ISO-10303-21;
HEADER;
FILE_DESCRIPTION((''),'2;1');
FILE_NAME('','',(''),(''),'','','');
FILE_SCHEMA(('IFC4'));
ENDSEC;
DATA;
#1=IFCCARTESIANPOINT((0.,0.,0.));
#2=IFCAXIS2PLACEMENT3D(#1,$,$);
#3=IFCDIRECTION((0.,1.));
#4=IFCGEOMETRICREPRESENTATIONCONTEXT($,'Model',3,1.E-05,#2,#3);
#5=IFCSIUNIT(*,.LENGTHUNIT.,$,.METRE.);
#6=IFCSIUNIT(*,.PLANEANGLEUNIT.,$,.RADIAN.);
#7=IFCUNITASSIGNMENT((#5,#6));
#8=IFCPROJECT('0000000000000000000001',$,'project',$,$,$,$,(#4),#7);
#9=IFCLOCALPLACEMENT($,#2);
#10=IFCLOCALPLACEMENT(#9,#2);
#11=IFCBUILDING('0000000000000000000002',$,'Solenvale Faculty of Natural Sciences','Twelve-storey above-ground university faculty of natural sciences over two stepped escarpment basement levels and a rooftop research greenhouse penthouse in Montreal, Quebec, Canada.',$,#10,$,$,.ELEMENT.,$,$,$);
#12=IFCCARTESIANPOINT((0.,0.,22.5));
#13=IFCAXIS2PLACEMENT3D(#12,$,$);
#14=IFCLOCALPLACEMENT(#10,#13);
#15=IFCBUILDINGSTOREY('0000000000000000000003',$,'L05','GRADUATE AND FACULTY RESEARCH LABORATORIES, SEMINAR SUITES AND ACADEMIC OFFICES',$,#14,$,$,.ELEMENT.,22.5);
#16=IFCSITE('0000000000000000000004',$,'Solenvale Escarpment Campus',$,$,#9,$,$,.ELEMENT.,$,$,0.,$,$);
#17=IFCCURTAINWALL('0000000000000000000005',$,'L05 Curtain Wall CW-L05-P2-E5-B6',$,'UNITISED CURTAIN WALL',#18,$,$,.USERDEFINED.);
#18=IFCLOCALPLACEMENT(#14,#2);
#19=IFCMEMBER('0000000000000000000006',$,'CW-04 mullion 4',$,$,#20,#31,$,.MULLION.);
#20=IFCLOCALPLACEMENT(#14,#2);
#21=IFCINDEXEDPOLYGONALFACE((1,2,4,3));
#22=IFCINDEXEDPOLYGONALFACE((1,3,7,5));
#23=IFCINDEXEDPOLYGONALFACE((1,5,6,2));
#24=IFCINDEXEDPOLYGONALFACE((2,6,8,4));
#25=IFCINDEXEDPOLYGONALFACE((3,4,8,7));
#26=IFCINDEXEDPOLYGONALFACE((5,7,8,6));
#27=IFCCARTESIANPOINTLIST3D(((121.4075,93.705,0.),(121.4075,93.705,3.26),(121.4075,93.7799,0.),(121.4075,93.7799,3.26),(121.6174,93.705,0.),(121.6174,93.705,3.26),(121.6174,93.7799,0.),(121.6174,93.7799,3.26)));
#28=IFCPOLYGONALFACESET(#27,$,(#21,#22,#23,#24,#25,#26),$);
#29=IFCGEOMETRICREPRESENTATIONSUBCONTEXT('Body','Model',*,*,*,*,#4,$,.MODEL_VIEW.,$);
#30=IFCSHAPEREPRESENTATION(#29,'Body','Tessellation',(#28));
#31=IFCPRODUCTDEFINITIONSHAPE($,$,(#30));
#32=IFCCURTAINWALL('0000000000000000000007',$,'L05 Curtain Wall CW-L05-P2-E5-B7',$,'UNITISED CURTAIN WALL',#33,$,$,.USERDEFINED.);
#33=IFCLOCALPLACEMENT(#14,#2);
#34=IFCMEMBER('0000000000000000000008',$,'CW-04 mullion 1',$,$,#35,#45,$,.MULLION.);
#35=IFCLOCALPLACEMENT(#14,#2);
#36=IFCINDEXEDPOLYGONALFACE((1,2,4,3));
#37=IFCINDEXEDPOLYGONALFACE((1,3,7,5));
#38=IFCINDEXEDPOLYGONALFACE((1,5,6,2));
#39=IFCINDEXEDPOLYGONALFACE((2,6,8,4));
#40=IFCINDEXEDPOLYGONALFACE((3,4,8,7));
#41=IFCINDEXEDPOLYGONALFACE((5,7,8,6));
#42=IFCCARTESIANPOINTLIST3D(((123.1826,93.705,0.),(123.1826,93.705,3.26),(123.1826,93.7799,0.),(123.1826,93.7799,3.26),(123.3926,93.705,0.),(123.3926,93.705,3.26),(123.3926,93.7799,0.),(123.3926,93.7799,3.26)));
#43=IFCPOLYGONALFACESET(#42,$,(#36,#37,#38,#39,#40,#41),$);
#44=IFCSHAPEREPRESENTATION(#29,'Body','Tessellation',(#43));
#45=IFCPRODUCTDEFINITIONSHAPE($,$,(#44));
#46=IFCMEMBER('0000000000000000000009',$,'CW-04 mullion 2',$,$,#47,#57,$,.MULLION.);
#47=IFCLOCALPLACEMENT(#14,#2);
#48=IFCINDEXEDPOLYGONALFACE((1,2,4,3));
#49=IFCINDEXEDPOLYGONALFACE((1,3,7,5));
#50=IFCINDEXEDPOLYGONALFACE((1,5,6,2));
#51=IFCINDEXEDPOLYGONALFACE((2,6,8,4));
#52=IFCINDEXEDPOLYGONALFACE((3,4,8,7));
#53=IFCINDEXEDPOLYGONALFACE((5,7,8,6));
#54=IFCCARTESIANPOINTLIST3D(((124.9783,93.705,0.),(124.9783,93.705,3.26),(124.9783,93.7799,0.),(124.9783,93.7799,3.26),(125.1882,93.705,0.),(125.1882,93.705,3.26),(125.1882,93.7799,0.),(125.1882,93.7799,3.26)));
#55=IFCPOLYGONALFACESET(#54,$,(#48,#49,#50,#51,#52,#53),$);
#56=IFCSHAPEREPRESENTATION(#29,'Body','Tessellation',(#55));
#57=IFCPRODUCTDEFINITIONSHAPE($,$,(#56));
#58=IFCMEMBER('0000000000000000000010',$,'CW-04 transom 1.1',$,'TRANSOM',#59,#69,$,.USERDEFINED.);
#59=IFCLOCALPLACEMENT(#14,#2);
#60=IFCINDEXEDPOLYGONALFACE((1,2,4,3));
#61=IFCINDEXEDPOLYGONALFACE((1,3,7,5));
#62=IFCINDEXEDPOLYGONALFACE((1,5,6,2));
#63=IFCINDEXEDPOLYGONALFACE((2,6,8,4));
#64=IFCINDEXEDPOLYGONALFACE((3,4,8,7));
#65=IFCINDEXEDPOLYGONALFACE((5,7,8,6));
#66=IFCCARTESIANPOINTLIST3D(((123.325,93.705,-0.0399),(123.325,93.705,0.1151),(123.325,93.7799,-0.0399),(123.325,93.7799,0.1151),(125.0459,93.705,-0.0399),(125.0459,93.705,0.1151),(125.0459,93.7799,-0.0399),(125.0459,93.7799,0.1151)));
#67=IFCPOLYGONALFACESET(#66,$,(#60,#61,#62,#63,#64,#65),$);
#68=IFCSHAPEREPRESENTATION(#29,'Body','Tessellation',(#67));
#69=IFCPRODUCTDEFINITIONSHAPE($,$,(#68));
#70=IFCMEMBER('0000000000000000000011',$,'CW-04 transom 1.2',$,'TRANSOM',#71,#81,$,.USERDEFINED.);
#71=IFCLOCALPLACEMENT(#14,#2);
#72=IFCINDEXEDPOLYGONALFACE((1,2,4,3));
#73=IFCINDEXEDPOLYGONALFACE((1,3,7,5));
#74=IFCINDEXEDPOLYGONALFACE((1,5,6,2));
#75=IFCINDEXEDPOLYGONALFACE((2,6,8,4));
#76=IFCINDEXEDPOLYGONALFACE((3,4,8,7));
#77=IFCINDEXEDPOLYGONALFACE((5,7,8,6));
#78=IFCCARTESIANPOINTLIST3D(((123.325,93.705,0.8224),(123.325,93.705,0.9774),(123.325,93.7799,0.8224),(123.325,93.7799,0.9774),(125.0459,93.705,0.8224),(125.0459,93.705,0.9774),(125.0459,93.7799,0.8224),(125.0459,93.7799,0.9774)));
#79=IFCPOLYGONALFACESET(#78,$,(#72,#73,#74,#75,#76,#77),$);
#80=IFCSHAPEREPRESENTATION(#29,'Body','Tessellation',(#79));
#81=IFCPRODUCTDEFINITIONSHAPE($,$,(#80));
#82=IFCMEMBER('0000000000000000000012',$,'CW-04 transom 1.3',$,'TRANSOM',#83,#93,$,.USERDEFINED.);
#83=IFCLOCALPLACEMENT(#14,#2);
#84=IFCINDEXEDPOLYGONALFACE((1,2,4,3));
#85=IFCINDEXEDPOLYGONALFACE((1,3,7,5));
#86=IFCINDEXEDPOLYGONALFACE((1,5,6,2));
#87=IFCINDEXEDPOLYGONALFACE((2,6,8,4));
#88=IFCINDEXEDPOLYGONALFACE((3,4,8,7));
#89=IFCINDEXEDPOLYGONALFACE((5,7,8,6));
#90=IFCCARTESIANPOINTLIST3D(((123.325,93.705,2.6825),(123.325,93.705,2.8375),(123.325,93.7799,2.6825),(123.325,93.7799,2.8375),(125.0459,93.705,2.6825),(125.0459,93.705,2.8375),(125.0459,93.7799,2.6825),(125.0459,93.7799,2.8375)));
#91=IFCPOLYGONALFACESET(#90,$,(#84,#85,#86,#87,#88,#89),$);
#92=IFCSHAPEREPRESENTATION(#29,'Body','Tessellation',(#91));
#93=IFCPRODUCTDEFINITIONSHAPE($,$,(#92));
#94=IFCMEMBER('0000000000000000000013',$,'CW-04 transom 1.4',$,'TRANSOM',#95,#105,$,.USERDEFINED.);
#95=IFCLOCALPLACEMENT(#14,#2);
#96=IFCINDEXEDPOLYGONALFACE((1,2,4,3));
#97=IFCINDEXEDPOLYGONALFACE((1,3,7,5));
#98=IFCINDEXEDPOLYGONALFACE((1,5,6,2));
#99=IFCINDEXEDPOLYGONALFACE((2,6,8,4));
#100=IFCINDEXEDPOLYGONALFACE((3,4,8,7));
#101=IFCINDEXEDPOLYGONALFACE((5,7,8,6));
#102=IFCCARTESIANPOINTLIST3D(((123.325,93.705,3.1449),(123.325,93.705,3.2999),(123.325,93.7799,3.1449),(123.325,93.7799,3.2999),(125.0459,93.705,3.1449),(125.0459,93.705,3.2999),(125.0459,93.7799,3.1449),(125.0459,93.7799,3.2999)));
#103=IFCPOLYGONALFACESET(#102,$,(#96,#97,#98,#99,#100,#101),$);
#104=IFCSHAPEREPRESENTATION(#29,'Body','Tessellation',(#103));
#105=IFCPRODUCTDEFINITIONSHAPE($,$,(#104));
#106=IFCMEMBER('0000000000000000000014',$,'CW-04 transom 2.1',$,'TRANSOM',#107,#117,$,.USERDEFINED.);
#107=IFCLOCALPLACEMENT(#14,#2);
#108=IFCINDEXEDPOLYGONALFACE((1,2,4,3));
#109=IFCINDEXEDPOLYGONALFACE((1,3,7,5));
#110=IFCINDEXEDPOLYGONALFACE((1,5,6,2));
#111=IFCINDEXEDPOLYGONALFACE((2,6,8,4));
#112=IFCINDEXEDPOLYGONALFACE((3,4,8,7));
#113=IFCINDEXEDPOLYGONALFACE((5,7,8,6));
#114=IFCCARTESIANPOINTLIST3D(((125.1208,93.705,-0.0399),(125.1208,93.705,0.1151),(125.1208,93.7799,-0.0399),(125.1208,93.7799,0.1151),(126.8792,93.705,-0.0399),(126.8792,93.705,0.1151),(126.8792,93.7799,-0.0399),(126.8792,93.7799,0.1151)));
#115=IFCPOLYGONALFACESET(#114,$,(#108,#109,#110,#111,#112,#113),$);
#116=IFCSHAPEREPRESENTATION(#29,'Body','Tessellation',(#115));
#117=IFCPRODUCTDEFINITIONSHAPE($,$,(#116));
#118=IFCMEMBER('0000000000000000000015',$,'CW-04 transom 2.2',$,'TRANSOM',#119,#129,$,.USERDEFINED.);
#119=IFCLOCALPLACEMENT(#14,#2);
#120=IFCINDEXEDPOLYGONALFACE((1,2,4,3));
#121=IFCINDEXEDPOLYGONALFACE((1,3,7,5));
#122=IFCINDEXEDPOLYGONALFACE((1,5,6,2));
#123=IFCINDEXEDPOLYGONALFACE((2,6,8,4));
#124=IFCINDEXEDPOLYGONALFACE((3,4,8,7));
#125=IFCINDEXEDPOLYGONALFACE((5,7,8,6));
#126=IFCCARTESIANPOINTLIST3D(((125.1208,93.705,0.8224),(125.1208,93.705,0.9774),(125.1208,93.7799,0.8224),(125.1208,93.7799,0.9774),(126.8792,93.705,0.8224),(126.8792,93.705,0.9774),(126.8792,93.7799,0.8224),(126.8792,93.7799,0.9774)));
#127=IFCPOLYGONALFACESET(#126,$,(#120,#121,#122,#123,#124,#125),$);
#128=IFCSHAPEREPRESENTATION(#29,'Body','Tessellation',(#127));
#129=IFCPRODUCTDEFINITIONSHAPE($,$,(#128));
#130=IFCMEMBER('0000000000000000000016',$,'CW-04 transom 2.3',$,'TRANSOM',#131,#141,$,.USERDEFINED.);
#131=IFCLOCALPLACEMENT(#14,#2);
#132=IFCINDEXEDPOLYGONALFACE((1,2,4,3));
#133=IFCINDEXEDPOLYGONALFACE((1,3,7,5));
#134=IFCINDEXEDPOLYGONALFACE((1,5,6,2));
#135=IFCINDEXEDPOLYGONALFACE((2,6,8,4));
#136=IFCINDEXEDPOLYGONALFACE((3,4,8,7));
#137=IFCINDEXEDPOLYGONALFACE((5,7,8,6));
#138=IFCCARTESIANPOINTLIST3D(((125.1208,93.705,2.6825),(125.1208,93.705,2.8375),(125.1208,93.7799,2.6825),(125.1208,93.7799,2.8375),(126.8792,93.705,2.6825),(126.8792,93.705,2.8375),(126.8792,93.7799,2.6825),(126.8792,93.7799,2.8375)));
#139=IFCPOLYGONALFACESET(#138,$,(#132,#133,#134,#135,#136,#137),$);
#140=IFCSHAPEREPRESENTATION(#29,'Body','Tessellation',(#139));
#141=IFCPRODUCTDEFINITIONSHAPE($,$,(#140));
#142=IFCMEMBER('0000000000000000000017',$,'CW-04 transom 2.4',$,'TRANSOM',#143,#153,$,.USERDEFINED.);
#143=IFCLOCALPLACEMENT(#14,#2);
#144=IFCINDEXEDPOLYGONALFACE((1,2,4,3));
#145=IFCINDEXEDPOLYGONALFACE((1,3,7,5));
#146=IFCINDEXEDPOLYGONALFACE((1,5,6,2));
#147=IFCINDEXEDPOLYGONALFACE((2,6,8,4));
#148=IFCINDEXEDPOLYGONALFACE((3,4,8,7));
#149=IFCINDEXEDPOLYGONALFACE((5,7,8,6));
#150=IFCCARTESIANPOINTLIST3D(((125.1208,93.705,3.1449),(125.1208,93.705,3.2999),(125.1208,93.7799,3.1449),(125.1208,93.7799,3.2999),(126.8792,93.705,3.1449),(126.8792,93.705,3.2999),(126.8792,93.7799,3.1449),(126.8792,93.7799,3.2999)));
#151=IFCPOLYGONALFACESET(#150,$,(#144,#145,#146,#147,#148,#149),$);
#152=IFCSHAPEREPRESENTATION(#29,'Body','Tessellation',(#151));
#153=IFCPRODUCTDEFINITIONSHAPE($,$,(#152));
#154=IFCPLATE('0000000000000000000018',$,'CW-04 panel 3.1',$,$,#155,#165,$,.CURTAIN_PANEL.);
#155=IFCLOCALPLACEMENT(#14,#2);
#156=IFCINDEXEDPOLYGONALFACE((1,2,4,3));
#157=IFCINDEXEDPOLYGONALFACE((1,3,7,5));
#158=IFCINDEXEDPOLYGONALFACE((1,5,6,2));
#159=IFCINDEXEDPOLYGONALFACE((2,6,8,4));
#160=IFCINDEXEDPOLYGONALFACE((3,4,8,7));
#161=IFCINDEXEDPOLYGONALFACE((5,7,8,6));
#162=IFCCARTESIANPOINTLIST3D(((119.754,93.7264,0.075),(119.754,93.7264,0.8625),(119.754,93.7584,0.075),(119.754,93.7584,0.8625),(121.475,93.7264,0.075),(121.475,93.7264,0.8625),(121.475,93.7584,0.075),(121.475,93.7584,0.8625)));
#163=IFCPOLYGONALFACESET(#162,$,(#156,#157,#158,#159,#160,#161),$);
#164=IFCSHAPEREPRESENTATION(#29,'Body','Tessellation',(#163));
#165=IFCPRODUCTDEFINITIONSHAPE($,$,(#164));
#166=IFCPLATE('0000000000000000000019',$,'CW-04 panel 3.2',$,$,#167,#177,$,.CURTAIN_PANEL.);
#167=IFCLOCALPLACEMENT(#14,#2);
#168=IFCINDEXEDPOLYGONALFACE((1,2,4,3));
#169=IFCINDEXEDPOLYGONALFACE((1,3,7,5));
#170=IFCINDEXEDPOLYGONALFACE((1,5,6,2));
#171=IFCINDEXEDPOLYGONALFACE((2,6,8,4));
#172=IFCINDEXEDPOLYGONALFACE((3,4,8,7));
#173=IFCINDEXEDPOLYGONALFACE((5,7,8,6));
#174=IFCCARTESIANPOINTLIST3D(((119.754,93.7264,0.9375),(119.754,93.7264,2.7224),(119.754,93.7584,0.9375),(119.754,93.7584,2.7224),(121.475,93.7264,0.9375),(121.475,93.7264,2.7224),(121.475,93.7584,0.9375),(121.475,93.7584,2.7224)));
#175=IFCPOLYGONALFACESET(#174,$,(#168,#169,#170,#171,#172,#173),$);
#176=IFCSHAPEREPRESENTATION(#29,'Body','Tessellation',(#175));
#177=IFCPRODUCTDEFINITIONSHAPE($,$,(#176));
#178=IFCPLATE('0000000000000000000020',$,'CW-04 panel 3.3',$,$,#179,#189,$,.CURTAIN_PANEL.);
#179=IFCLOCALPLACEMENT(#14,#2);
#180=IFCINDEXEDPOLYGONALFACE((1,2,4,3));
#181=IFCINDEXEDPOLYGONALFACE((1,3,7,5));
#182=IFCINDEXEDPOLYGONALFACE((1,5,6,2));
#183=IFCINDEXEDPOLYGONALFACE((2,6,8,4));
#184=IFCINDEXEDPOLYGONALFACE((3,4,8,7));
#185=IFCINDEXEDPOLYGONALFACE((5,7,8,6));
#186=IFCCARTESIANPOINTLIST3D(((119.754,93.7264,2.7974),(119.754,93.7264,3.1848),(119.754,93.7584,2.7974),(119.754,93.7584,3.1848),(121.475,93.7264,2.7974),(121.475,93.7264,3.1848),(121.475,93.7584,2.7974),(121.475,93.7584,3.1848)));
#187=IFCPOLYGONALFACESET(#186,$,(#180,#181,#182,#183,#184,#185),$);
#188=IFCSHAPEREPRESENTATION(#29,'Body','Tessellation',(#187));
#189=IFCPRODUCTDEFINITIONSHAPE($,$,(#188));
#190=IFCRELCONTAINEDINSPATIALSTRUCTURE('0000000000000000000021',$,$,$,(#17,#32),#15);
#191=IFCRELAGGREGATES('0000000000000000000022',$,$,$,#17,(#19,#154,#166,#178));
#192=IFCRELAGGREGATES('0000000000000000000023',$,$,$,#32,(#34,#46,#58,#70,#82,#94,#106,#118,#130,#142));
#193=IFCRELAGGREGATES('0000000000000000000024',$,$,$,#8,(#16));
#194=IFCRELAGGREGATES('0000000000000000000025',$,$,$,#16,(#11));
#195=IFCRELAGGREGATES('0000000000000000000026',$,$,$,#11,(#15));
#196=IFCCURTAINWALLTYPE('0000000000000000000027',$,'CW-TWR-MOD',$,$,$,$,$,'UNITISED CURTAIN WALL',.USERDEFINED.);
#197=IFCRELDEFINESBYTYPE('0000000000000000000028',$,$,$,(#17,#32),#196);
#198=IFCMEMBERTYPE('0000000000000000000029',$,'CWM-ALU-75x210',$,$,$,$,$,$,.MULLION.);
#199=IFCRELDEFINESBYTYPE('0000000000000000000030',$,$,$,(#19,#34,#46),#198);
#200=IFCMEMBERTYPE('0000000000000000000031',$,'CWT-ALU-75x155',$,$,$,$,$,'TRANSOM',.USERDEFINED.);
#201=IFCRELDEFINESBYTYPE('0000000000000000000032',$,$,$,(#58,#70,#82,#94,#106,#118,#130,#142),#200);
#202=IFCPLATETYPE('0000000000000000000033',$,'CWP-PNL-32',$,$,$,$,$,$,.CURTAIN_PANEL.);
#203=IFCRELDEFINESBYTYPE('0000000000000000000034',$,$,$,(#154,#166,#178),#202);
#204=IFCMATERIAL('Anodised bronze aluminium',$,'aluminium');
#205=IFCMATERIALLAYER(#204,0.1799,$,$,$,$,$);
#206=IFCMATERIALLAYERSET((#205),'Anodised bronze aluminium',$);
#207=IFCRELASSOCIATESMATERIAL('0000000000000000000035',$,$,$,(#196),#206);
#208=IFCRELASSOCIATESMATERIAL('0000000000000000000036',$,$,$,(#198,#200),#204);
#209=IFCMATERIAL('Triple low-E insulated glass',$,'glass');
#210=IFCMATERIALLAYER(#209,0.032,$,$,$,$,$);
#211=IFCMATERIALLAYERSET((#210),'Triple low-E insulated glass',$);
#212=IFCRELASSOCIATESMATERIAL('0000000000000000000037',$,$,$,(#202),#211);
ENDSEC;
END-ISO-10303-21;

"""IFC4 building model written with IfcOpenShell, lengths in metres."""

from ifc_helpers import new_model, si_unit, direction, frame, origin, origin_2d, place, context, subcontext, project, spatial, rectangle, extrude, material, layer, layer_set, material_profile, profile_set, type_object, element, aggregate, save


model = new_model("IFC4")

# Units and contexts
model_context = context("Model", 3, precision=1e-05, world=origin(), true_north=direction((0.0, 1.0)))
body_context = subcontext(model_context, "Body", "Model", "MODEL_VIEW")
ifc_project = project(units=[si_unit("LENGTHUNIT", "METRE"), si_unit("PLANEANGLEUNIT", "RADIAN")], contexts=[model_context])

# Site, building, storey
site_placement = place(None, origin())
site = spatial("IfcSite", under=ifc_project, at=site_placement, Name="Solenvale Escarpment Campus", CompositionType="ELEMENT", RefElevation=0.0)
building_placement = place(site_placement, origin())
building = spatial("IfcBuilding", under=site, at=building_placement, Name="Solenvale Faculty of Natural Sciences", Description="Twelve-storey above-ground university faculty of natural sciences over two stepped escarpment basement levels and a rooftop research greenhouse penthouse in Montreal, Quebec, Canada.", CompositionType="ELEMENT")
storey_placement = place(building_placement, frame((0.0, 0.0, 22.5)))
storey = spatial("IfcBuildingStorey", under=building, at=storey_placement, Name="L05", Description="GRADUATE AND FACULTY RESEARCH LABORATORIES, SEMINAR SUITES AND ACADEMIC OFFICES", CompositionType="ELEMENT", Elevation=22.5)

# Curtain wall, member
ifc_material_1 = material(Name="Anodised bronze aluminium", Category="aluminium")
ifc_layer_1 = layer(ifc_material_1, 0.1799)
ifc_layer_set_1 = layer_set([ifc_layer_1], Name="Anodised bronze aluminium")
curtain_wall_type = type_object("IfcCurtainWallType", Name="CW-TWR-MOD", ElementType="UNITISED CURTAIN WALL", PredefinedType="USERDEFINED", material=ifc_layer_set_1)
curtain_wall_1_placement = place(storey_placement, origin())
curtain_wall_1 = element("IfcCurtainWall", 1, at=curtain_wall_1_placement, inside=storey, type_object=curtain_wall_type, Name="L05 Curtain Wall CW-L05-P2-E5-B6", ObjectType="UNITISED CURTAIN WALL", PredefinedType="USERDEFINED")
ifc_material_profile_1 = material_profile(ifc_material_1, rectangle(XDim=0.075, YDim=0.21, at=origin_2d()), Name="ALU-MUL-75x210")
ifc_profile_set_1 = profile_set([ifc_material_profile_1], Name="Anodised bronze aluminium")
member_type_1 = type_object("IfcMemberType", Name="CWM-ALU-75x210", PredefinedType="MULLION", material=ifc_profile_set_1)
member_1_placement = place(storey_placement, frame((121.5125, 93.7424, 0.0), z_axis=(0.0, 0.0, 1.0), x_axis=(0.0, 1.0, 0.0)))
member_1 = element("IfcMember", 2, at=member_1_placement, type_object=member_type_1, Name="CW-04 mullion 4", PredefinedType="MULLION", context=body_context, shape_type="SweptSolid", body=[
    extrude(rectangle(XDim=0.075, YDim=0.21, at=origin_2d()), origin(), (0.0, 0.0, 1.0), 3.26),
])

# Curtain wall, members
curtain_wall_2_placement = place(storey_placement, origin())
curtain_wall_2 = element("IfcCurtainWall", 3, at=curtain_wall_2_placement, inside=storey, type_object=curtain_wall_type, Name="L05 Curtain Wall CW-L05-P2-E5-B7", ObjectType="UNITISED CURTAIN WALL", PredefinedType="USERDEFINED")
member_2_placement = place(storey_placement, frame((123.2876, 93.7424, 0.0), z_axis=(0.0, 0.0, 1.0), x_axis=(0.0, 1.0, 0.0)))
member_2 = element("IfcMember", 4, at=member_2_placement, type_object=member_type_1, Name="CW-04 mullion 1", PredefinedType="MULLION", context=body_context, shape_type="SweptSolid", body=[
    extrude(rectangle(XDim=0.075, YDim=0.21, at=origin_2d()), origin(), (0.0, 0.0, 1.0), 3.26),
])
member_3_placement = place(storey_placement, frame((125.0833, 93.7424, 0.0), z_axis=(0.0, 0.0, 1.0), x_axis=(0.0, 1.0, 0.0)))
member_3 = element("IfcMember", 5, at=member_3_placement, type_object=member_type_1, Name="CW-04 mullion 2", PredefinedType="MULLION", context=body_context, shape_type="SweptSolid", body=[
    extrude(rectangle(XDim=0.075, YDim=0.21, at=origin_2d()), origin(), (0.0, 0.0, 1.0), 3.26),
])
ifc_material_profile_2 = material_profile(ifc_material_1, rectangle(XDim=0.075, YDim=0.155, at=origin_2d()), Name="ALU-TRN-75x155")
ifc_profile_set_2 = profile_set([ifc_material_profile_2], Name="Anodised bronze aluminium")
member_type_2 = type_object("IfcMemberType", Name="CWT-ALU-75x155", ElementType="TRANSOM", PredefinedType="USERDEFINED", material=ifc_profile_set_2)
member_4_placement = place(storey_placement, frame((123.325, 93.7424, 0.0376), z_axis=(1.0, 0.0, 0.0), x_axis=(0.0, 1.0, 0.0)))
member_4 = element("IfcMember", 6, at=member_4_placement, type_object=member_type_2, Name="CW-04 transom 1.1", ObjectType="TRANSOM", PredefinedType="USERDEFINED", context=body_context, shape_type="SweptSolid", body=[
    extrude(rectangle(XDim=0.075, YDim=0.155, at=origin_2d()), origin(), (0.0, 0.0, 1.0), 1.7209),
])
member_5_placement = place(storey_placement, frame((123.325, 93.7424, 0.8999), z_axis=(1.0, 0.0, 0.0), x_axis=(0.0, 1.0, 0.0)))
member_5 = element("IfcMember", 7, at=member_5_placement, type_object=member_type_2, Name="CW-04 transom 1.2", ObjectType="TRANSOM", PredefinedType="USERDEFINED", context=body_context, shape_type="SweptSolid", body=[
    extrude(rectangle(XDim=0.075, YDim=0.155, at=origin_2d()), origin(), (0.0, 0.0, 1.0), 1.7209),
])
member_6_placement = place(storey_placement, frame((123.325, 93.7424, 2.76), z_axis=(1.0, 0.0, 0.0), x_axis=(0.0, 1.0, 0.0)))
member_6 = element("IfcMember", 8, at=member_6_placement, type_object=member_type_2, Name="CW-04 transom 1.3", ObjectType="TRANSOM", PredefinedType="USERDEFINED", context=body_context, shape_type="SweptSolid", body=[
    extrude(rectangle(XDim=0.075, YDim=0.155, at=origin_2d()), origin(), (0.0, 0.0, 1.0), 1.7209),
])
member_7_placement = place(storey_placement, frame((123.325, 93.7424, 3.2224), z_axis=(1.0, 0.0, 0.0), x_axis=(0.0, 1.0, 0.0)))
member_7 = element("IfcMember", 9, at=member_7_placement, type_object=member_type_2, Name="CW-04 transom 1.4", ObjectType="TRANSOM", PredefinedType="USERDEFINED", context=body_context, shape_type="SweptSolid", body=[
    extrude(rectangle(XDim=0.075, YDim=0.155, at=origin_2d()), origin(), (0.0, 0.0, 1.0), 1.7209),
])
member_8_placement = place(storey_placement, frame((125.1208, 93.7424, 0.0376), z_axis=(1.0, 0.0, 0.0), x_axis=(0.0, 1.0, 0.0)))
member_8 = element("IfcMember", 10, at=member_8_placement, type_object=member_type_2, Name="CW-04 transom 2.1", ObjectType="TRANSOM", PredefinedType="USERDEFINED", context=body_context, shape_type="SweptSolid", body=[
    extrude(rectangle(XDim=0.075, YDim=0.155, at=origin_2d()), origin(), (0.0, 0.0, 1.0), 1.7583),
])
member_9_placement = place(storey_placement, frame((125.1208, 93.7424, 0.8999), z_axis=(1.0, 0.0, 0.0), x_axis=(0.0, 1.0, 0.0)))
member_9 = element("IfcMember", 11, at=member_9_placement, type_object=member_type_2, Name="CW-04 transom 2.2", ObjectType="TRANSOM", PredefinedType="USERDEFINED", context=body_context, shape_type="SweptSolid", body=[
    extrude(rectangle(XDim=0.075, YDim=0.155, at=origin_2d()), origin(), (0.0, 0.0, 1.0), 1.7583),
])
member_10_placement = place(storey_placement, frame((125.1208, 93.7424, 2.76), z_axis=(1.0, 0.0, 0.0), x_axis=(0.0, 1.0, 0.0)))
member_10 = element("IfcMember", 12, at=member_10_placement, type_object=member_type_2, Name="CW-04 transom 2.3", ObjectType="TRANSOM", PredefinedType="USERDEFINED", context=body_context, shape_type="SweptSolid", body=[
    extrude(rectangle(XDim=0.075, YDim=0.155, at=origin_2d()), origin(), (0.0, 0.0, 1.0), 1.7583),
])
member_11_placement = place(storey_placement, frame((125.1208, 93.7424, 3.2224), z_axis=(1.0, 0.0, 0.0), x_axis=(0.0, 1.0, 0.0)))
member_11 = element("IfcMember", 13, at=member_11_placement, type_object=member_type_2, Name="CW-04 transom 2.4", ObjectType="TRANSOM", PredefinedType="USERDEFINED", context=body_context, shape_type="SweptSolid", body=[
    extrude(rectangle(XDim=0.075, YDim=0.155, at=origin_2d()), origin(), (0.0, 0.0, 1.0), 1.7583),
])

# Plates
ifc_material_2 = material(Name="Triple low-E insulated glass", Category="glass")
ifc_layer_2 = layer(ifc_material_2, 0.032)
ifc_layer_set_2 = layer_set([ifc_layer_2], Name="Triple low-E insulated glass")
plate_type_1 = type_object("IfcPlateType", Name="CWP-PNL-32", PredefinedType="CURTAIN_PANEL", material=ifc_layer_set_2)
plate_1_placement = place(storey_placement, frame((120.6145, 93.7424, 0.075), z_axis=(0.0, 0.0, 1.0), x_axis=(1.0, 0.0, 0.0)))
plate_1 = element("IfcPlate", 14, at=plate_1_placement, type_object=plate_type_1, Name="CW-04 panel 3.1", PredefinedType="CURTAIN_PANEL", context=body_context, shape_type="SweptSolid", body=[
    extrude(rectangle(XDim=1.7209, YDim=0.032, at=origin_2d()), origin(), (0.0, 0.0, 1.0), 0.7876),
])
plate_2_placement = place(storey_placement, frame((120.6145, 93.7424, 0.9375), z_axis=(0.0, 0.0, 1.0), x_axis=(1.0, 0.0, 0.0)))
plate_2 = element("IfcPlate", 15, at=plate_2_placement, type_object=plate_type_1, Name="CW-04 panel 3.2", PredefinedType="CURTAIN_PANEL", context=body_context, shape_type="SweptSolid", body=[
    extrude(rectangle(XDim=1.7209, YDim=0.032, at=origin_2d()), origin(), (0.0, 0.0, 1.0), 1.7849),
])
plate_3_placement = place(storey_placement, frame((120.6145, 93.7424, 2.7974), z_axis=(0.0, 0.0, 1.0), x_axis=(1.0, 0.0, 0.0)))
plate_3 = element("IfcPlate", 16, at=plate_3_placement, type_object=plate_type_1, Name="CW-04 panel 3.3", PredefinedType="CURTAIN_PANEL", context=body_context, shape_type="SweptSolid", body=[
    extrude(rectangle(XDim=1.7209, YDim=0.032, at=origin_2d()), origin(), (0.0, 0.0, 1.0), 0.3875),
])
aggregate(curtain_wall_1, [member_1, plate_1, plate_2, plate_3])
aggregate(curtain_wall_2, [member_2, member_3, member_4, member_5, member_6, member_7, member_8, member_9, member_10, member_11])

save(model, "model.ifc")
